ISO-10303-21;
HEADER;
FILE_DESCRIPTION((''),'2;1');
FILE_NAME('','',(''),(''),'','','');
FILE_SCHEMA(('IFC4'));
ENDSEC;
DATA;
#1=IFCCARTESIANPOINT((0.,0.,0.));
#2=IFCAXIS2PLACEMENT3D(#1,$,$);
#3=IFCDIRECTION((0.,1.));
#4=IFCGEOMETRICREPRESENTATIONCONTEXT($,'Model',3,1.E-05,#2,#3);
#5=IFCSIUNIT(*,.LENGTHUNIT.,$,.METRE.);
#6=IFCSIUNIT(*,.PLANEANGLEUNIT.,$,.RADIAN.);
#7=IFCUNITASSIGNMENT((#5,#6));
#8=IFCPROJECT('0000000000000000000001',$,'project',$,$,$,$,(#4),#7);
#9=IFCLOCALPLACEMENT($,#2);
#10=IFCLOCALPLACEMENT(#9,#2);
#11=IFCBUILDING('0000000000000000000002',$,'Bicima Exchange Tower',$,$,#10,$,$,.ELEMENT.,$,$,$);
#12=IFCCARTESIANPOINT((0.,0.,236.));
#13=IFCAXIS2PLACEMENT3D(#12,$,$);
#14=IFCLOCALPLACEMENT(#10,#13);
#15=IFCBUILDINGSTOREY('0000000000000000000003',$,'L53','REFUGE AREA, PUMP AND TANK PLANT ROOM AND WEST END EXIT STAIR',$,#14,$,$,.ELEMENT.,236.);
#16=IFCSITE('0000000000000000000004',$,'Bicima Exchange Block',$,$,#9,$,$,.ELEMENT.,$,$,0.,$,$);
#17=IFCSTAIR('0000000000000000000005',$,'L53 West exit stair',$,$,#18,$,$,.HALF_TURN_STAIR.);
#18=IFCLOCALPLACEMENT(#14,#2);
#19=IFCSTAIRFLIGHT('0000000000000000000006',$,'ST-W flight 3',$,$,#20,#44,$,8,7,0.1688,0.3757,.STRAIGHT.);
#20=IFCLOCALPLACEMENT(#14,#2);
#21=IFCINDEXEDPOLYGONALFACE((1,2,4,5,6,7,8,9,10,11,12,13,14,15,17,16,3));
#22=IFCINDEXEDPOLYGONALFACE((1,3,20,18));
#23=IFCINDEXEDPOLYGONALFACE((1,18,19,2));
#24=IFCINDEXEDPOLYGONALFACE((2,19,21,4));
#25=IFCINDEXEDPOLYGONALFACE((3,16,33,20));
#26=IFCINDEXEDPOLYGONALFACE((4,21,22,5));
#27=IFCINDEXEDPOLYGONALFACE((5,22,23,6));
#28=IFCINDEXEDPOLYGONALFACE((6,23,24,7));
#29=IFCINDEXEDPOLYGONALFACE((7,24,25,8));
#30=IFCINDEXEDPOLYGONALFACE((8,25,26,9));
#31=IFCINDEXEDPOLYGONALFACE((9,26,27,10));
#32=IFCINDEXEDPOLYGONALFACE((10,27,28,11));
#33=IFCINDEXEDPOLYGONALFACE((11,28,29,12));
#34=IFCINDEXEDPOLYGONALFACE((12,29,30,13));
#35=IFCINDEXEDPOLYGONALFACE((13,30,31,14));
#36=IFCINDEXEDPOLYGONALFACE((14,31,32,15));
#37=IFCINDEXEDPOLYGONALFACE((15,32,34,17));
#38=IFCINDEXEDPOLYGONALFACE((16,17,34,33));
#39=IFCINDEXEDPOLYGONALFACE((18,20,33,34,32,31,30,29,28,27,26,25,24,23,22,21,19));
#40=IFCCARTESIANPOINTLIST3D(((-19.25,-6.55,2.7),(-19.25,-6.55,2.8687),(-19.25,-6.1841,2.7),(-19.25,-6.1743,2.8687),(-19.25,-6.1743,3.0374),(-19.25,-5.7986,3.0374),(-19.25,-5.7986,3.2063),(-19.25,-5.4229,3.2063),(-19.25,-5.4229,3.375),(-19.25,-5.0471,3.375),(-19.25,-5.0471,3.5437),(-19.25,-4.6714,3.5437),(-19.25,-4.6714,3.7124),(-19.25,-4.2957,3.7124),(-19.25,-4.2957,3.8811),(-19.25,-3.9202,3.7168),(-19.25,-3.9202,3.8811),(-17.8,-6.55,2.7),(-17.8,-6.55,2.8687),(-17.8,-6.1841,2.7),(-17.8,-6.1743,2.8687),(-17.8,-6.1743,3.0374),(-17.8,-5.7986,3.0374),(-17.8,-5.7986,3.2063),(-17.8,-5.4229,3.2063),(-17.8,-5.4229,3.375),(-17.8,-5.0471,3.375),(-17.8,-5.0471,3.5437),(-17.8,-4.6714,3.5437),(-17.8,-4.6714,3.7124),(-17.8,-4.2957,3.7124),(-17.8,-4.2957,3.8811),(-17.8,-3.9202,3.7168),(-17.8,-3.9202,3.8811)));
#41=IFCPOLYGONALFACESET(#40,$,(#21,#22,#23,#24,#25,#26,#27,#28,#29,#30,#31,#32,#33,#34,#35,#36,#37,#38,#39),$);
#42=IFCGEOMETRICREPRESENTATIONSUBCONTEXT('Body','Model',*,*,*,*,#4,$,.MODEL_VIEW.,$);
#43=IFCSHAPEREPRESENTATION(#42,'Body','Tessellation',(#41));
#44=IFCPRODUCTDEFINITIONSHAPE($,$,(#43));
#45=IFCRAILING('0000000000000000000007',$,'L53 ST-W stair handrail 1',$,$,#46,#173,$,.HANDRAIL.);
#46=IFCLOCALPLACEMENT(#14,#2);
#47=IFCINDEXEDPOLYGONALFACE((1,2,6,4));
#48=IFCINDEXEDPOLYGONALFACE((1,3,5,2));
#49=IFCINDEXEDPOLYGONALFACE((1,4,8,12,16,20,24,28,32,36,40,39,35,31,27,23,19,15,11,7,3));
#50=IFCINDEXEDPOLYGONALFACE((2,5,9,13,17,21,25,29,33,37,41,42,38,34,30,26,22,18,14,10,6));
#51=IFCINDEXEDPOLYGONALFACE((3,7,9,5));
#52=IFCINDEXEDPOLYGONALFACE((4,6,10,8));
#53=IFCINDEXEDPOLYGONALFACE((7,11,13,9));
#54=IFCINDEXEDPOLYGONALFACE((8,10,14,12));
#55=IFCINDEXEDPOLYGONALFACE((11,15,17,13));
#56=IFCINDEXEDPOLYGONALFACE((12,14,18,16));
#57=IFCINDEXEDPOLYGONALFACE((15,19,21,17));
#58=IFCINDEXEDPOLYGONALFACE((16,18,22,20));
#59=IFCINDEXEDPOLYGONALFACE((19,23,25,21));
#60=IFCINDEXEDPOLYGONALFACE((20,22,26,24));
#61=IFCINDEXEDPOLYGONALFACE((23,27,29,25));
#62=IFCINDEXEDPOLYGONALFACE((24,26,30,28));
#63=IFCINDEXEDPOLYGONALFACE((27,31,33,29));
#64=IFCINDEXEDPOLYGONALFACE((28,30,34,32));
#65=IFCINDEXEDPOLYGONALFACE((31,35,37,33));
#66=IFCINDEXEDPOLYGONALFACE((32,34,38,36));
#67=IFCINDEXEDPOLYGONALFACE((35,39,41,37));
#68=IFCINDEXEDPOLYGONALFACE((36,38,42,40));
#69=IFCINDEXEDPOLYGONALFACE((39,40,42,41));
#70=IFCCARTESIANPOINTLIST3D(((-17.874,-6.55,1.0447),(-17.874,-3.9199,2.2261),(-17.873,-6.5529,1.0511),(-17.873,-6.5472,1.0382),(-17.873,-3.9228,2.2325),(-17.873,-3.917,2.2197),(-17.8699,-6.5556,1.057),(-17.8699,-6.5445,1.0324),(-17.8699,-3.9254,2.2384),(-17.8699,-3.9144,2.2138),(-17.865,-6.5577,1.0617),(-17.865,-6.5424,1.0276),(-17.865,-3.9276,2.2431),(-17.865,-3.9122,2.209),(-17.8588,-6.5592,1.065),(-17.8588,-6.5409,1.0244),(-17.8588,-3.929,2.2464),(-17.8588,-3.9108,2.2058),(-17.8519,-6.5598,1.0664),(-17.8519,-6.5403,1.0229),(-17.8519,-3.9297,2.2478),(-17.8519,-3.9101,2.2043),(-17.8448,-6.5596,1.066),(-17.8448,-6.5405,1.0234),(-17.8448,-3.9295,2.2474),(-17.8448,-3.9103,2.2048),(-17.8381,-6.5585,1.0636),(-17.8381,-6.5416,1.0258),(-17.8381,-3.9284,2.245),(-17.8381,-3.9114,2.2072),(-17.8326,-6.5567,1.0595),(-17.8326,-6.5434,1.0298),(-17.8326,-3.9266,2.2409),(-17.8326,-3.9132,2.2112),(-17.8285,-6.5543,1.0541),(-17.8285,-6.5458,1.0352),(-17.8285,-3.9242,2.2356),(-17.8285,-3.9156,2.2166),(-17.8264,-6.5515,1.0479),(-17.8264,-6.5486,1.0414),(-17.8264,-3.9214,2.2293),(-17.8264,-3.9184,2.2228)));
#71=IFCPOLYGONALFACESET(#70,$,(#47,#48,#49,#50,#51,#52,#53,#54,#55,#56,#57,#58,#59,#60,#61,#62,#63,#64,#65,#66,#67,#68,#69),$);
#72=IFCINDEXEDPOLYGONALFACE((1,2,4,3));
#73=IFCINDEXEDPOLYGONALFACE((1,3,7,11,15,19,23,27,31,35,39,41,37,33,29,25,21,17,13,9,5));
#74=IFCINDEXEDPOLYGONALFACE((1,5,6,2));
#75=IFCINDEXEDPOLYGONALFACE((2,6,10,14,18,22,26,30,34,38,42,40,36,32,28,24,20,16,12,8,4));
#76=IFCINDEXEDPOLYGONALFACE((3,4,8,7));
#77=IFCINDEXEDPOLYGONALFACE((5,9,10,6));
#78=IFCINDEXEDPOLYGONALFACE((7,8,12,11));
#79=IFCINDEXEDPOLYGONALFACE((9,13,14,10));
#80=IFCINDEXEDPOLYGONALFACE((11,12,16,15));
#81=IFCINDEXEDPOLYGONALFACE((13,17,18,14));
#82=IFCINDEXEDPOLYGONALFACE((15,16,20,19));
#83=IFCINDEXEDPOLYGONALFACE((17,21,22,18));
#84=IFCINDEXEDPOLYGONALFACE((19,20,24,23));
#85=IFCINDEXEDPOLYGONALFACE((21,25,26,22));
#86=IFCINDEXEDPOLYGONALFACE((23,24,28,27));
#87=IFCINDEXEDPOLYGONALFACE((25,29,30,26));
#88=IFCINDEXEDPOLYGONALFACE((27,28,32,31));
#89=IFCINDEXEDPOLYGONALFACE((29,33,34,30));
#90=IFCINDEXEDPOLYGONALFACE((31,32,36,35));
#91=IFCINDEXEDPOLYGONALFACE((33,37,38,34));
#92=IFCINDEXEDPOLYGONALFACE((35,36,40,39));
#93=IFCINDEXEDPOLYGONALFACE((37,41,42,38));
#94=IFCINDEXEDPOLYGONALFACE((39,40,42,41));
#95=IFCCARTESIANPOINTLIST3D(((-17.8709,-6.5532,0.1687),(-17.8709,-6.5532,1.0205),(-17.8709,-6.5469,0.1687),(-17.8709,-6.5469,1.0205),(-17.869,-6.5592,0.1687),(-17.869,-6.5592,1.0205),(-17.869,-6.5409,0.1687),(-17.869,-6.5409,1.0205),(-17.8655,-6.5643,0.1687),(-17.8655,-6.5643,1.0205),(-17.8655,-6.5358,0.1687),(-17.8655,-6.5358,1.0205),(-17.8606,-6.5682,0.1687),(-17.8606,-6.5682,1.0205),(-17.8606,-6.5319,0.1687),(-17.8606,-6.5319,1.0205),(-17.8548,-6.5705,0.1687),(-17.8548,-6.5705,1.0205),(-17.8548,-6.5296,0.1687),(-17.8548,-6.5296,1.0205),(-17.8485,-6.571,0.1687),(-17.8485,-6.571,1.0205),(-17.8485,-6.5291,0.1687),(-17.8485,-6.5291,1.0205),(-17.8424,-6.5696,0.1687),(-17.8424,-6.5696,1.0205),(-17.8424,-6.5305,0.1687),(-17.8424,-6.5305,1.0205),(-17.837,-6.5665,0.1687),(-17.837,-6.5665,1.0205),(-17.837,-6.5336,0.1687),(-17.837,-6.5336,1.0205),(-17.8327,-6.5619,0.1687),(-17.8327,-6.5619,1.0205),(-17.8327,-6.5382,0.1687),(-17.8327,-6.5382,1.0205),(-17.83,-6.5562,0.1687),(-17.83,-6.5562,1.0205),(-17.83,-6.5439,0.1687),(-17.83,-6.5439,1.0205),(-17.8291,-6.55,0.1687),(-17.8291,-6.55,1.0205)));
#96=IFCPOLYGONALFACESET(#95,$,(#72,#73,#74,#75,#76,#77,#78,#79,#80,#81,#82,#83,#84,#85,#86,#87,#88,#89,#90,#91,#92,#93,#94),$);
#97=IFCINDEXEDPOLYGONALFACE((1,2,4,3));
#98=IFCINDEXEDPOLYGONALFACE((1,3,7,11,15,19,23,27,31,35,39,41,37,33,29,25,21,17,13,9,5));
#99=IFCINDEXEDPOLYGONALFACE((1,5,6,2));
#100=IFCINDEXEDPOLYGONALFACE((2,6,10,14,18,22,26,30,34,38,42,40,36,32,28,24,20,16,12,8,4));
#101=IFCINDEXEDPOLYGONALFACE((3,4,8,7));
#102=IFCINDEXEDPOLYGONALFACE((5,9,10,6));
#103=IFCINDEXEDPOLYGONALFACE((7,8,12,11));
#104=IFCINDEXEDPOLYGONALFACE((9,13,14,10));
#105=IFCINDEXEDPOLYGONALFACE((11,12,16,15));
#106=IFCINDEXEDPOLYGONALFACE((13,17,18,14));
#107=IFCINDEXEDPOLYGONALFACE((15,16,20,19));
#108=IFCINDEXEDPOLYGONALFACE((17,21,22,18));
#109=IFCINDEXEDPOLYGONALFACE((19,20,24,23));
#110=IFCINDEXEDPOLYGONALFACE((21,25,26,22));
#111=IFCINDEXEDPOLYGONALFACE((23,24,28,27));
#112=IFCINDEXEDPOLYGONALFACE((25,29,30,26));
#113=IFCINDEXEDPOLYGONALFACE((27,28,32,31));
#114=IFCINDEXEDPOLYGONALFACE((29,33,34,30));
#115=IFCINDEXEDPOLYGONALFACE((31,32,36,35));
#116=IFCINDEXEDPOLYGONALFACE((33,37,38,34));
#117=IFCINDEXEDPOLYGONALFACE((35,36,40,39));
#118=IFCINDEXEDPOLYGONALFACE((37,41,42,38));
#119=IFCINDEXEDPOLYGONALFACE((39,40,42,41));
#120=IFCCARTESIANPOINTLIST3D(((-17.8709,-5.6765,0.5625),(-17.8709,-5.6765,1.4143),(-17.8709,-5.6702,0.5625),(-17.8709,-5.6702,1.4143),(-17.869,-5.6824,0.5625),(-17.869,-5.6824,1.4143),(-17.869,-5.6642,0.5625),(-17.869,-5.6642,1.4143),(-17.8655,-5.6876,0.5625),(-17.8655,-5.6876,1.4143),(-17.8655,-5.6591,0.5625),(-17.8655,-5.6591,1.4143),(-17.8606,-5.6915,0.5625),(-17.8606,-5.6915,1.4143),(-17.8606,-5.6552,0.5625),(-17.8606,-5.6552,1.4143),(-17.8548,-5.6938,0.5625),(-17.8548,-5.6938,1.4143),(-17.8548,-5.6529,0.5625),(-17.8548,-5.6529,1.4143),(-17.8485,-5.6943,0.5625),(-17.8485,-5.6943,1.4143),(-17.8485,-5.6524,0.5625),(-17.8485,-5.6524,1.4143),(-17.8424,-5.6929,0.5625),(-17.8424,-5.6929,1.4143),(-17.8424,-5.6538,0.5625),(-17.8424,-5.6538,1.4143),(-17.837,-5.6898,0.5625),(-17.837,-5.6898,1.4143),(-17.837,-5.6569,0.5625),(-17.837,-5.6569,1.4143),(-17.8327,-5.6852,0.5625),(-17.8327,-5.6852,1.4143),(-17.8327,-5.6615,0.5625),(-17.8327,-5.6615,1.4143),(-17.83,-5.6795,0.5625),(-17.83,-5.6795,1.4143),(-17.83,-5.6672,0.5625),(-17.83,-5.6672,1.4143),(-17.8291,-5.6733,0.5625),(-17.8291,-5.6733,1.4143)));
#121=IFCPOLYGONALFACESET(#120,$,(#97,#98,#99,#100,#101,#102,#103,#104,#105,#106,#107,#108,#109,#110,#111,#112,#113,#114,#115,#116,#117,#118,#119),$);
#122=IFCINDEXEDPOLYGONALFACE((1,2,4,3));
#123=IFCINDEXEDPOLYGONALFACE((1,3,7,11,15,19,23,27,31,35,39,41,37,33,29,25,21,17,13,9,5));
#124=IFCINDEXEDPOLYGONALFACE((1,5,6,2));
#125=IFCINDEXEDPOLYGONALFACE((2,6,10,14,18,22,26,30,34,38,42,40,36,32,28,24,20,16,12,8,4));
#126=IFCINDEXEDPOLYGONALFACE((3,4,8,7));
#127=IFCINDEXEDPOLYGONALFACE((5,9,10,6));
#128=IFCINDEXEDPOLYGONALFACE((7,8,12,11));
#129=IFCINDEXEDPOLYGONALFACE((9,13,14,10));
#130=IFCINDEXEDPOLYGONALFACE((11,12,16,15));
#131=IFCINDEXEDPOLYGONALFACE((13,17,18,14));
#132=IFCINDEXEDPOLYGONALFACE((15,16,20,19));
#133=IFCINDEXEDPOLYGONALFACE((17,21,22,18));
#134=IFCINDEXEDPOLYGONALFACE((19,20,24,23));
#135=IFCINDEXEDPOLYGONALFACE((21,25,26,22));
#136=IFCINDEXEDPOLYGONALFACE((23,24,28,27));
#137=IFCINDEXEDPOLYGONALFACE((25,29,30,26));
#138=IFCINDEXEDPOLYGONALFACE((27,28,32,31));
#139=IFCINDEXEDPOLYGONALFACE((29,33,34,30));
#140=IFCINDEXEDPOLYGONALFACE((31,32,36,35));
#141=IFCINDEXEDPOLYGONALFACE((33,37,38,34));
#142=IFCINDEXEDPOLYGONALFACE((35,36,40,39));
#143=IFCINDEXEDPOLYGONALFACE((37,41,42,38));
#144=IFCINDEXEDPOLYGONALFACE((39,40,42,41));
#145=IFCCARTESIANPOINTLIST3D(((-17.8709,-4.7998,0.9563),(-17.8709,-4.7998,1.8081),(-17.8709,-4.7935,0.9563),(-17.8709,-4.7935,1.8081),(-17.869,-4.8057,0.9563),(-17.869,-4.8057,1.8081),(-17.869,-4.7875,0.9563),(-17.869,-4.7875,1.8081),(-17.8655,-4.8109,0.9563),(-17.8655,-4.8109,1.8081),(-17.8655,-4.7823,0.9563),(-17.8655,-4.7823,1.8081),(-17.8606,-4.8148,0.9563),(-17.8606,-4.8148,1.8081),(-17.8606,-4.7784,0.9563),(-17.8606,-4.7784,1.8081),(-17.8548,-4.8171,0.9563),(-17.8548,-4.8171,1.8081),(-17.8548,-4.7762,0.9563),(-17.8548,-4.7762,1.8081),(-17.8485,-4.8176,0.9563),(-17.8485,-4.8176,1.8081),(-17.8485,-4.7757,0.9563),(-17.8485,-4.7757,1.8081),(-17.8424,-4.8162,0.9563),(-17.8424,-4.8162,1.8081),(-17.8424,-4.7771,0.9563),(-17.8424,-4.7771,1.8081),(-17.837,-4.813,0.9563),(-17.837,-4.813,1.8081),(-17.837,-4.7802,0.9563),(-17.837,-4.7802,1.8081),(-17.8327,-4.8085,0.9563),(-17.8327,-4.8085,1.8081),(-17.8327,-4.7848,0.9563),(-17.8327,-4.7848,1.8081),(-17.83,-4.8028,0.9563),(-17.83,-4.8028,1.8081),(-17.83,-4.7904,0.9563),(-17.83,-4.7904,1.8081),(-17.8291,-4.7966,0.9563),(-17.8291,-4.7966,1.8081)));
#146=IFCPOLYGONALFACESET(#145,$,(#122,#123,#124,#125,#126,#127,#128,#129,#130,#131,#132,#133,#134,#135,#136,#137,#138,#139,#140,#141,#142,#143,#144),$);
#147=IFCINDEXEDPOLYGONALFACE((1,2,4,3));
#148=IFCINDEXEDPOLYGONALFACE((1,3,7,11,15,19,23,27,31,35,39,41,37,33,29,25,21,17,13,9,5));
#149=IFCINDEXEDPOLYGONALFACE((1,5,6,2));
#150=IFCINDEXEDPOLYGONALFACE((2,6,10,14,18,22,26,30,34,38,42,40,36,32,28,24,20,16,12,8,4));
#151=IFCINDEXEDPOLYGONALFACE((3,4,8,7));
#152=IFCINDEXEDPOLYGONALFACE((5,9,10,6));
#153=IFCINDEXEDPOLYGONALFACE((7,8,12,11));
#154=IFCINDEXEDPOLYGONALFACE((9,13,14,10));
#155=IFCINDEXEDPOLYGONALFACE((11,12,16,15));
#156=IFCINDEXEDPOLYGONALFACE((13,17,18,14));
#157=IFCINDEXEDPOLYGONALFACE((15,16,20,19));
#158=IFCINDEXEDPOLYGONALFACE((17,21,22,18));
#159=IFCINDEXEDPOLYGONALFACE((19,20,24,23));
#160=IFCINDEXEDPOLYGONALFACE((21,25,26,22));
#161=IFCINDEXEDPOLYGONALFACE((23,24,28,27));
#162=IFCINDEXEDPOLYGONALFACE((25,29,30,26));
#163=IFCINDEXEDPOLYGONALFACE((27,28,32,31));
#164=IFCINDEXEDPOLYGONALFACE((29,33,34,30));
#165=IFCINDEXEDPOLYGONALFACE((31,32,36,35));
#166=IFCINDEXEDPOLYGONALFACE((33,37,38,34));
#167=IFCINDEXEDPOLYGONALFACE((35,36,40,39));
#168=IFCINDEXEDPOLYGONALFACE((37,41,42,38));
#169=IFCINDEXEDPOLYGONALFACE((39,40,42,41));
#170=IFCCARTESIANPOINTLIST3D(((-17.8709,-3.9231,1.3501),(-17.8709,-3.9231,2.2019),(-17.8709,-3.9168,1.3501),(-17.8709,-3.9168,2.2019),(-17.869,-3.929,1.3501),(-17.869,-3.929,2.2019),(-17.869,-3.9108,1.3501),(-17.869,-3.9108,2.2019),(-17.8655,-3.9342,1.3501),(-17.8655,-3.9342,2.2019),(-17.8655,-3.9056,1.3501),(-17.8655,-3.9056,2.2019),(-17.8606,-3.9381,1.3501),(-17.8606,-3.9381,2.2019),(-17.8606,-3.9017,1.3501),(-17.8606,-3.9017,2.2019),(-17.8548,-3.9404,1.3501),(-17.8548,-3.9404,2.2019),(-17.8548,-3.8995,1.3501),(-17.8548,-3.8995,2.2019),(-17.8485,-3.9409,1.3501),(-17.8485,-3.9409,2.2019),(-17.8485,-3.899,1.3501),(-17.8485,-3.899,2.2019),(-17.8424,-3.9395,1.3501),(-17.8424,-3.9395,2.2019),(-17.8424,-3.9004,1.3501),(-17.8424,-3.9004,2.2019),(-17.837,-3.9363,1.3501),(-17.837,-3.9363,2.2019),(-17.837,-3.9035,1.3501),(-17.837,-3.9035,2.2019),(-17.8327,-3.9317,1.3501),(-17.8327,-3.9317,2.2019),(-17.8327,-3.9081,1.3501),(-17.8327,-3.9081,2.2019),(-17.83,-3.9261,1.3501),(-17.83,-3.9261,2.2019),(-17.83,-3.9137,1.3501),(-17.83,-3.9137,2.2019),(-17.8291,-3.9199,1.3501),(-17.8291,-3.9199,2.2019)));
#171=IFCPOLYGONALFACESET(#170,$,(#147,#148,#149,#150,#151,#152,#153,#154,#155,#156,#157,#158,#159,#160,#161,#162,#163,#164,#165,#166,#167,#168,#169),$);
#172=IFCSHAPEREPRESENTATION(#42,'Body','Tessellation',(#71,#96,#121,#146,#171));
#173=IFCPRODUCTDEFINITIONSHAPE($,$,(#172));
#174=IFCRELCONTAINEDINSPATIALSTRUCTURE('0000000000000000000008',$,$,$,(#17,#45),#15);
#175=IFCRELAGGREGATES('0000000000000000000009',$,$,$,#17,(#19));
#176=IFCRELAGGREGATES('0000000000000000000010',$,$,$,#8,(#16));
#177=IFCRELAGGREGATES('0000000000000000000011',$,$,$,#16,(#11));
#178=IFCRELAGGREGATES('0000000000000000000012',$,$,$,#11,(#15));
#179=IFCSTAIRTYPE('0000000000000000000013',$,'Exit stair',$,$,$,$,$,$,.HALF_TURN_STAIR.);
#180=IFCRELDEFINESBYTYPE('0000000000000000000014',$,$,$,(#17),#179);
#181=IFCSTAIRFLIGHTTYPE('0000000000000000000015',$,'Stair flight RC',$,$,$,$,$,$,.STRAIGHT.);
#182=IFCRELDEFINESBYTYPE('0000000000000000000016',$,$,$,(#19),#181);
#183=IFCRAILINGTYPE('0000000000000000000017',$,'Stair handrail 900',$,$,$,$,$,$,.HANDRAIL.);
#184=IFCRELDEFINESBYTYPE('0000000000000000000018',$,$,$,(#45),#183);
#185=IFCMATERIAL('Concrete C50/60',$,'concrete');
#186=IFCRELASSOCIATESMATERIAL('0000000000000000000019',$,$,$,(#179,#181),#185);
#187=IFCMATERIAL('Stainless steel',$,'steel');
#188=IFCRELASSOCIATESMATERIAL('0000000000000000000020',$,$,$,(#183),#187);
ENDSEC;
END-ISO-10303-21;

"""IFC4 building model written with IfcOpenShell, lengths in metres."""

from ifc_helpers import new_model, si_unit, direction, frame, origin, origin_2d, place, context, subcontext, project, spatial, polyline, circle, outline, extrude, material, type_object, element, aggregate, save


model = new_model("IFC4")

# Units and contexts
model_context = context("Model", 3, precision=1e-05, world=origin(), true_north=direction((0.0, 1.0)))
body_context = subcontext(model_context, "Body", "Model", "MODEL_VIEW")
ifc_project = project(units=[si_unit("LENGTHUNIT", "METRE"), si_unit("PLANEANGLEUNIT", "RADIAN")], contexts=[model_context])

# Site, building, storey
site_placement = place(None, origin())
site = spatial("IfcSite", under=ifc_project, at=site_placement, Name="Bicima Exchange Block", CompositionType="ELEMENT", RefElevation=0.0)
building_placement = place(site_placement, origin())
building = spatial("IfcBuilding", under=site, at=building_placement, Name="Bicima Exchange Tower", CompositionType="ELEMENT")
storey_placement = place(building_placement, frame((0.0, 0.0, 236.0)))
storey = spatial("IfcBuildingStorey", under=building, at=storey_placement, Name="L53", Description="REFUGE AREA, PUMP AND TANK PLANT ROOM AND WEST END EXIT STAIR", CompositionType="ELEMENT", Elevation=236.0)

# Shared definitions
ifc_material_1 = material(Name="Concrete C50/60", Category="concrete")

# Shared definitions
ifc_material_2 = material(Name="Stainless steel", Category="steel")

# Stair, stair flight
stair_type = type_object("IfcStairType", Name="Exit stair", PredefinedType="HALF_TURN_STAIR", material=ifc_material_1)
stair_placement = place(storey_placement, origin())
stair = element("IfcStair", 1, at=stair_placement, inside=storey, type_object=stair_type, Name="L53 West exit stair", PredefinedType="HALF_TURN_STAIR")
stair_flight_type = type_object("IfcStairFlightType", Name="Stair flight RC", PredefinedType="STRAIGHT", material=ifc_material_1)
stair_flight_1_placement = place(storey_placement, frame((-18.5249, -6.55, 2.7), z_axis=(0.0, 0.0, 1.0), x_axis=(0.0, 1.0, 0.0)))
stair_flight_1 = element("IfcStairFlight", 2, at=stair_flight_1_placement, type_object=stair_flight_type, Name="ST-W flight 3", NumberOfRisers=8, NumberOfTreads=7, PredefinedType="STRAIGHT", RiserHeight=0.1688, TreadLength=0.3757, context=body_context, shape_type="SweptSolid", body=[
    extrude(outline(polyline([(0.0, 0.0), (0.0, 0.1687), (0.3757, 0.1687), (0.3757, 0.3374), (0.7515, 0.3374), (0.7515, 0.5063), (1.1272, 0.5063), (1.1272, 0.675), (1.5029, 0.675), (1.5029, 0.8438), (1.8787, 0.8438), (1.8787, 1.0125), (2.2544, 1.0125), (2.2544, 1.1812), (2.6299, 1.1812), (2.6299, 1.3501), (2.6299, 1.0168), (0.366, 0.0), (0.0, 0.0)])), frame((0.0, 0.7251, 0.0), z_axis=(0.0, -1.0, 0.0), x_axis=(1.0, 0.0, 0.0)), (0.0, 0.0, 1.0), 1.45),
])
aggregate(stair, [stair_flight_1])

# Railing
railing_type_1 = type_object("IfcRailingType", Name="Stair handrail 900", PredefinedType="HANDRAIL", material=ifc_material_2)
for number, where, name in (
    (3, (-17.8501, -6.55, 0.1687), "L53 ST-W stair handrail 1"),
):
    element("IfcRailing", number, at=place(storey_placement, frame(where)), inside=storey, type_object=railing_type_1, Name=name, PredefinedType="HANDRAIL", context=body_context, shape_type="SweptSolid", body=[
        extrude(circle(Radius=0.0239, at=origin_2d()), frame((0.0, 0.0, 0.876), z_axis=(0.0, 0.912202, 0.409741), x_axis=(-1.0, 0.0, 0.0)), (0.0, 0.0, 1.0), 2.8833),
        extrude(circle(Radius=0.021, at=origin_2d()), origin(), (0.0, 0.0, 1.0), 0.8518),
        extrude(circle(Radius=0.021, at=origin_2d()), frame((0.0, 0.8767, 0.3938)), (0.0, 0.0, 1.0), 0.8518),
        extrude(circle(Radius=0.021, at=origin_2d()), frame((0.0, 1.7534, 0.7876)), (0.0, 0.0, 1.0), 0.8518),
        extrude(circle(Radius=0.021, at=origin_2d()), frame((0.0, 2.6301, 1.1814)), (0.0, 0.0, 1.0), 0.8518),
    ])

save(model, "model.ifc")
